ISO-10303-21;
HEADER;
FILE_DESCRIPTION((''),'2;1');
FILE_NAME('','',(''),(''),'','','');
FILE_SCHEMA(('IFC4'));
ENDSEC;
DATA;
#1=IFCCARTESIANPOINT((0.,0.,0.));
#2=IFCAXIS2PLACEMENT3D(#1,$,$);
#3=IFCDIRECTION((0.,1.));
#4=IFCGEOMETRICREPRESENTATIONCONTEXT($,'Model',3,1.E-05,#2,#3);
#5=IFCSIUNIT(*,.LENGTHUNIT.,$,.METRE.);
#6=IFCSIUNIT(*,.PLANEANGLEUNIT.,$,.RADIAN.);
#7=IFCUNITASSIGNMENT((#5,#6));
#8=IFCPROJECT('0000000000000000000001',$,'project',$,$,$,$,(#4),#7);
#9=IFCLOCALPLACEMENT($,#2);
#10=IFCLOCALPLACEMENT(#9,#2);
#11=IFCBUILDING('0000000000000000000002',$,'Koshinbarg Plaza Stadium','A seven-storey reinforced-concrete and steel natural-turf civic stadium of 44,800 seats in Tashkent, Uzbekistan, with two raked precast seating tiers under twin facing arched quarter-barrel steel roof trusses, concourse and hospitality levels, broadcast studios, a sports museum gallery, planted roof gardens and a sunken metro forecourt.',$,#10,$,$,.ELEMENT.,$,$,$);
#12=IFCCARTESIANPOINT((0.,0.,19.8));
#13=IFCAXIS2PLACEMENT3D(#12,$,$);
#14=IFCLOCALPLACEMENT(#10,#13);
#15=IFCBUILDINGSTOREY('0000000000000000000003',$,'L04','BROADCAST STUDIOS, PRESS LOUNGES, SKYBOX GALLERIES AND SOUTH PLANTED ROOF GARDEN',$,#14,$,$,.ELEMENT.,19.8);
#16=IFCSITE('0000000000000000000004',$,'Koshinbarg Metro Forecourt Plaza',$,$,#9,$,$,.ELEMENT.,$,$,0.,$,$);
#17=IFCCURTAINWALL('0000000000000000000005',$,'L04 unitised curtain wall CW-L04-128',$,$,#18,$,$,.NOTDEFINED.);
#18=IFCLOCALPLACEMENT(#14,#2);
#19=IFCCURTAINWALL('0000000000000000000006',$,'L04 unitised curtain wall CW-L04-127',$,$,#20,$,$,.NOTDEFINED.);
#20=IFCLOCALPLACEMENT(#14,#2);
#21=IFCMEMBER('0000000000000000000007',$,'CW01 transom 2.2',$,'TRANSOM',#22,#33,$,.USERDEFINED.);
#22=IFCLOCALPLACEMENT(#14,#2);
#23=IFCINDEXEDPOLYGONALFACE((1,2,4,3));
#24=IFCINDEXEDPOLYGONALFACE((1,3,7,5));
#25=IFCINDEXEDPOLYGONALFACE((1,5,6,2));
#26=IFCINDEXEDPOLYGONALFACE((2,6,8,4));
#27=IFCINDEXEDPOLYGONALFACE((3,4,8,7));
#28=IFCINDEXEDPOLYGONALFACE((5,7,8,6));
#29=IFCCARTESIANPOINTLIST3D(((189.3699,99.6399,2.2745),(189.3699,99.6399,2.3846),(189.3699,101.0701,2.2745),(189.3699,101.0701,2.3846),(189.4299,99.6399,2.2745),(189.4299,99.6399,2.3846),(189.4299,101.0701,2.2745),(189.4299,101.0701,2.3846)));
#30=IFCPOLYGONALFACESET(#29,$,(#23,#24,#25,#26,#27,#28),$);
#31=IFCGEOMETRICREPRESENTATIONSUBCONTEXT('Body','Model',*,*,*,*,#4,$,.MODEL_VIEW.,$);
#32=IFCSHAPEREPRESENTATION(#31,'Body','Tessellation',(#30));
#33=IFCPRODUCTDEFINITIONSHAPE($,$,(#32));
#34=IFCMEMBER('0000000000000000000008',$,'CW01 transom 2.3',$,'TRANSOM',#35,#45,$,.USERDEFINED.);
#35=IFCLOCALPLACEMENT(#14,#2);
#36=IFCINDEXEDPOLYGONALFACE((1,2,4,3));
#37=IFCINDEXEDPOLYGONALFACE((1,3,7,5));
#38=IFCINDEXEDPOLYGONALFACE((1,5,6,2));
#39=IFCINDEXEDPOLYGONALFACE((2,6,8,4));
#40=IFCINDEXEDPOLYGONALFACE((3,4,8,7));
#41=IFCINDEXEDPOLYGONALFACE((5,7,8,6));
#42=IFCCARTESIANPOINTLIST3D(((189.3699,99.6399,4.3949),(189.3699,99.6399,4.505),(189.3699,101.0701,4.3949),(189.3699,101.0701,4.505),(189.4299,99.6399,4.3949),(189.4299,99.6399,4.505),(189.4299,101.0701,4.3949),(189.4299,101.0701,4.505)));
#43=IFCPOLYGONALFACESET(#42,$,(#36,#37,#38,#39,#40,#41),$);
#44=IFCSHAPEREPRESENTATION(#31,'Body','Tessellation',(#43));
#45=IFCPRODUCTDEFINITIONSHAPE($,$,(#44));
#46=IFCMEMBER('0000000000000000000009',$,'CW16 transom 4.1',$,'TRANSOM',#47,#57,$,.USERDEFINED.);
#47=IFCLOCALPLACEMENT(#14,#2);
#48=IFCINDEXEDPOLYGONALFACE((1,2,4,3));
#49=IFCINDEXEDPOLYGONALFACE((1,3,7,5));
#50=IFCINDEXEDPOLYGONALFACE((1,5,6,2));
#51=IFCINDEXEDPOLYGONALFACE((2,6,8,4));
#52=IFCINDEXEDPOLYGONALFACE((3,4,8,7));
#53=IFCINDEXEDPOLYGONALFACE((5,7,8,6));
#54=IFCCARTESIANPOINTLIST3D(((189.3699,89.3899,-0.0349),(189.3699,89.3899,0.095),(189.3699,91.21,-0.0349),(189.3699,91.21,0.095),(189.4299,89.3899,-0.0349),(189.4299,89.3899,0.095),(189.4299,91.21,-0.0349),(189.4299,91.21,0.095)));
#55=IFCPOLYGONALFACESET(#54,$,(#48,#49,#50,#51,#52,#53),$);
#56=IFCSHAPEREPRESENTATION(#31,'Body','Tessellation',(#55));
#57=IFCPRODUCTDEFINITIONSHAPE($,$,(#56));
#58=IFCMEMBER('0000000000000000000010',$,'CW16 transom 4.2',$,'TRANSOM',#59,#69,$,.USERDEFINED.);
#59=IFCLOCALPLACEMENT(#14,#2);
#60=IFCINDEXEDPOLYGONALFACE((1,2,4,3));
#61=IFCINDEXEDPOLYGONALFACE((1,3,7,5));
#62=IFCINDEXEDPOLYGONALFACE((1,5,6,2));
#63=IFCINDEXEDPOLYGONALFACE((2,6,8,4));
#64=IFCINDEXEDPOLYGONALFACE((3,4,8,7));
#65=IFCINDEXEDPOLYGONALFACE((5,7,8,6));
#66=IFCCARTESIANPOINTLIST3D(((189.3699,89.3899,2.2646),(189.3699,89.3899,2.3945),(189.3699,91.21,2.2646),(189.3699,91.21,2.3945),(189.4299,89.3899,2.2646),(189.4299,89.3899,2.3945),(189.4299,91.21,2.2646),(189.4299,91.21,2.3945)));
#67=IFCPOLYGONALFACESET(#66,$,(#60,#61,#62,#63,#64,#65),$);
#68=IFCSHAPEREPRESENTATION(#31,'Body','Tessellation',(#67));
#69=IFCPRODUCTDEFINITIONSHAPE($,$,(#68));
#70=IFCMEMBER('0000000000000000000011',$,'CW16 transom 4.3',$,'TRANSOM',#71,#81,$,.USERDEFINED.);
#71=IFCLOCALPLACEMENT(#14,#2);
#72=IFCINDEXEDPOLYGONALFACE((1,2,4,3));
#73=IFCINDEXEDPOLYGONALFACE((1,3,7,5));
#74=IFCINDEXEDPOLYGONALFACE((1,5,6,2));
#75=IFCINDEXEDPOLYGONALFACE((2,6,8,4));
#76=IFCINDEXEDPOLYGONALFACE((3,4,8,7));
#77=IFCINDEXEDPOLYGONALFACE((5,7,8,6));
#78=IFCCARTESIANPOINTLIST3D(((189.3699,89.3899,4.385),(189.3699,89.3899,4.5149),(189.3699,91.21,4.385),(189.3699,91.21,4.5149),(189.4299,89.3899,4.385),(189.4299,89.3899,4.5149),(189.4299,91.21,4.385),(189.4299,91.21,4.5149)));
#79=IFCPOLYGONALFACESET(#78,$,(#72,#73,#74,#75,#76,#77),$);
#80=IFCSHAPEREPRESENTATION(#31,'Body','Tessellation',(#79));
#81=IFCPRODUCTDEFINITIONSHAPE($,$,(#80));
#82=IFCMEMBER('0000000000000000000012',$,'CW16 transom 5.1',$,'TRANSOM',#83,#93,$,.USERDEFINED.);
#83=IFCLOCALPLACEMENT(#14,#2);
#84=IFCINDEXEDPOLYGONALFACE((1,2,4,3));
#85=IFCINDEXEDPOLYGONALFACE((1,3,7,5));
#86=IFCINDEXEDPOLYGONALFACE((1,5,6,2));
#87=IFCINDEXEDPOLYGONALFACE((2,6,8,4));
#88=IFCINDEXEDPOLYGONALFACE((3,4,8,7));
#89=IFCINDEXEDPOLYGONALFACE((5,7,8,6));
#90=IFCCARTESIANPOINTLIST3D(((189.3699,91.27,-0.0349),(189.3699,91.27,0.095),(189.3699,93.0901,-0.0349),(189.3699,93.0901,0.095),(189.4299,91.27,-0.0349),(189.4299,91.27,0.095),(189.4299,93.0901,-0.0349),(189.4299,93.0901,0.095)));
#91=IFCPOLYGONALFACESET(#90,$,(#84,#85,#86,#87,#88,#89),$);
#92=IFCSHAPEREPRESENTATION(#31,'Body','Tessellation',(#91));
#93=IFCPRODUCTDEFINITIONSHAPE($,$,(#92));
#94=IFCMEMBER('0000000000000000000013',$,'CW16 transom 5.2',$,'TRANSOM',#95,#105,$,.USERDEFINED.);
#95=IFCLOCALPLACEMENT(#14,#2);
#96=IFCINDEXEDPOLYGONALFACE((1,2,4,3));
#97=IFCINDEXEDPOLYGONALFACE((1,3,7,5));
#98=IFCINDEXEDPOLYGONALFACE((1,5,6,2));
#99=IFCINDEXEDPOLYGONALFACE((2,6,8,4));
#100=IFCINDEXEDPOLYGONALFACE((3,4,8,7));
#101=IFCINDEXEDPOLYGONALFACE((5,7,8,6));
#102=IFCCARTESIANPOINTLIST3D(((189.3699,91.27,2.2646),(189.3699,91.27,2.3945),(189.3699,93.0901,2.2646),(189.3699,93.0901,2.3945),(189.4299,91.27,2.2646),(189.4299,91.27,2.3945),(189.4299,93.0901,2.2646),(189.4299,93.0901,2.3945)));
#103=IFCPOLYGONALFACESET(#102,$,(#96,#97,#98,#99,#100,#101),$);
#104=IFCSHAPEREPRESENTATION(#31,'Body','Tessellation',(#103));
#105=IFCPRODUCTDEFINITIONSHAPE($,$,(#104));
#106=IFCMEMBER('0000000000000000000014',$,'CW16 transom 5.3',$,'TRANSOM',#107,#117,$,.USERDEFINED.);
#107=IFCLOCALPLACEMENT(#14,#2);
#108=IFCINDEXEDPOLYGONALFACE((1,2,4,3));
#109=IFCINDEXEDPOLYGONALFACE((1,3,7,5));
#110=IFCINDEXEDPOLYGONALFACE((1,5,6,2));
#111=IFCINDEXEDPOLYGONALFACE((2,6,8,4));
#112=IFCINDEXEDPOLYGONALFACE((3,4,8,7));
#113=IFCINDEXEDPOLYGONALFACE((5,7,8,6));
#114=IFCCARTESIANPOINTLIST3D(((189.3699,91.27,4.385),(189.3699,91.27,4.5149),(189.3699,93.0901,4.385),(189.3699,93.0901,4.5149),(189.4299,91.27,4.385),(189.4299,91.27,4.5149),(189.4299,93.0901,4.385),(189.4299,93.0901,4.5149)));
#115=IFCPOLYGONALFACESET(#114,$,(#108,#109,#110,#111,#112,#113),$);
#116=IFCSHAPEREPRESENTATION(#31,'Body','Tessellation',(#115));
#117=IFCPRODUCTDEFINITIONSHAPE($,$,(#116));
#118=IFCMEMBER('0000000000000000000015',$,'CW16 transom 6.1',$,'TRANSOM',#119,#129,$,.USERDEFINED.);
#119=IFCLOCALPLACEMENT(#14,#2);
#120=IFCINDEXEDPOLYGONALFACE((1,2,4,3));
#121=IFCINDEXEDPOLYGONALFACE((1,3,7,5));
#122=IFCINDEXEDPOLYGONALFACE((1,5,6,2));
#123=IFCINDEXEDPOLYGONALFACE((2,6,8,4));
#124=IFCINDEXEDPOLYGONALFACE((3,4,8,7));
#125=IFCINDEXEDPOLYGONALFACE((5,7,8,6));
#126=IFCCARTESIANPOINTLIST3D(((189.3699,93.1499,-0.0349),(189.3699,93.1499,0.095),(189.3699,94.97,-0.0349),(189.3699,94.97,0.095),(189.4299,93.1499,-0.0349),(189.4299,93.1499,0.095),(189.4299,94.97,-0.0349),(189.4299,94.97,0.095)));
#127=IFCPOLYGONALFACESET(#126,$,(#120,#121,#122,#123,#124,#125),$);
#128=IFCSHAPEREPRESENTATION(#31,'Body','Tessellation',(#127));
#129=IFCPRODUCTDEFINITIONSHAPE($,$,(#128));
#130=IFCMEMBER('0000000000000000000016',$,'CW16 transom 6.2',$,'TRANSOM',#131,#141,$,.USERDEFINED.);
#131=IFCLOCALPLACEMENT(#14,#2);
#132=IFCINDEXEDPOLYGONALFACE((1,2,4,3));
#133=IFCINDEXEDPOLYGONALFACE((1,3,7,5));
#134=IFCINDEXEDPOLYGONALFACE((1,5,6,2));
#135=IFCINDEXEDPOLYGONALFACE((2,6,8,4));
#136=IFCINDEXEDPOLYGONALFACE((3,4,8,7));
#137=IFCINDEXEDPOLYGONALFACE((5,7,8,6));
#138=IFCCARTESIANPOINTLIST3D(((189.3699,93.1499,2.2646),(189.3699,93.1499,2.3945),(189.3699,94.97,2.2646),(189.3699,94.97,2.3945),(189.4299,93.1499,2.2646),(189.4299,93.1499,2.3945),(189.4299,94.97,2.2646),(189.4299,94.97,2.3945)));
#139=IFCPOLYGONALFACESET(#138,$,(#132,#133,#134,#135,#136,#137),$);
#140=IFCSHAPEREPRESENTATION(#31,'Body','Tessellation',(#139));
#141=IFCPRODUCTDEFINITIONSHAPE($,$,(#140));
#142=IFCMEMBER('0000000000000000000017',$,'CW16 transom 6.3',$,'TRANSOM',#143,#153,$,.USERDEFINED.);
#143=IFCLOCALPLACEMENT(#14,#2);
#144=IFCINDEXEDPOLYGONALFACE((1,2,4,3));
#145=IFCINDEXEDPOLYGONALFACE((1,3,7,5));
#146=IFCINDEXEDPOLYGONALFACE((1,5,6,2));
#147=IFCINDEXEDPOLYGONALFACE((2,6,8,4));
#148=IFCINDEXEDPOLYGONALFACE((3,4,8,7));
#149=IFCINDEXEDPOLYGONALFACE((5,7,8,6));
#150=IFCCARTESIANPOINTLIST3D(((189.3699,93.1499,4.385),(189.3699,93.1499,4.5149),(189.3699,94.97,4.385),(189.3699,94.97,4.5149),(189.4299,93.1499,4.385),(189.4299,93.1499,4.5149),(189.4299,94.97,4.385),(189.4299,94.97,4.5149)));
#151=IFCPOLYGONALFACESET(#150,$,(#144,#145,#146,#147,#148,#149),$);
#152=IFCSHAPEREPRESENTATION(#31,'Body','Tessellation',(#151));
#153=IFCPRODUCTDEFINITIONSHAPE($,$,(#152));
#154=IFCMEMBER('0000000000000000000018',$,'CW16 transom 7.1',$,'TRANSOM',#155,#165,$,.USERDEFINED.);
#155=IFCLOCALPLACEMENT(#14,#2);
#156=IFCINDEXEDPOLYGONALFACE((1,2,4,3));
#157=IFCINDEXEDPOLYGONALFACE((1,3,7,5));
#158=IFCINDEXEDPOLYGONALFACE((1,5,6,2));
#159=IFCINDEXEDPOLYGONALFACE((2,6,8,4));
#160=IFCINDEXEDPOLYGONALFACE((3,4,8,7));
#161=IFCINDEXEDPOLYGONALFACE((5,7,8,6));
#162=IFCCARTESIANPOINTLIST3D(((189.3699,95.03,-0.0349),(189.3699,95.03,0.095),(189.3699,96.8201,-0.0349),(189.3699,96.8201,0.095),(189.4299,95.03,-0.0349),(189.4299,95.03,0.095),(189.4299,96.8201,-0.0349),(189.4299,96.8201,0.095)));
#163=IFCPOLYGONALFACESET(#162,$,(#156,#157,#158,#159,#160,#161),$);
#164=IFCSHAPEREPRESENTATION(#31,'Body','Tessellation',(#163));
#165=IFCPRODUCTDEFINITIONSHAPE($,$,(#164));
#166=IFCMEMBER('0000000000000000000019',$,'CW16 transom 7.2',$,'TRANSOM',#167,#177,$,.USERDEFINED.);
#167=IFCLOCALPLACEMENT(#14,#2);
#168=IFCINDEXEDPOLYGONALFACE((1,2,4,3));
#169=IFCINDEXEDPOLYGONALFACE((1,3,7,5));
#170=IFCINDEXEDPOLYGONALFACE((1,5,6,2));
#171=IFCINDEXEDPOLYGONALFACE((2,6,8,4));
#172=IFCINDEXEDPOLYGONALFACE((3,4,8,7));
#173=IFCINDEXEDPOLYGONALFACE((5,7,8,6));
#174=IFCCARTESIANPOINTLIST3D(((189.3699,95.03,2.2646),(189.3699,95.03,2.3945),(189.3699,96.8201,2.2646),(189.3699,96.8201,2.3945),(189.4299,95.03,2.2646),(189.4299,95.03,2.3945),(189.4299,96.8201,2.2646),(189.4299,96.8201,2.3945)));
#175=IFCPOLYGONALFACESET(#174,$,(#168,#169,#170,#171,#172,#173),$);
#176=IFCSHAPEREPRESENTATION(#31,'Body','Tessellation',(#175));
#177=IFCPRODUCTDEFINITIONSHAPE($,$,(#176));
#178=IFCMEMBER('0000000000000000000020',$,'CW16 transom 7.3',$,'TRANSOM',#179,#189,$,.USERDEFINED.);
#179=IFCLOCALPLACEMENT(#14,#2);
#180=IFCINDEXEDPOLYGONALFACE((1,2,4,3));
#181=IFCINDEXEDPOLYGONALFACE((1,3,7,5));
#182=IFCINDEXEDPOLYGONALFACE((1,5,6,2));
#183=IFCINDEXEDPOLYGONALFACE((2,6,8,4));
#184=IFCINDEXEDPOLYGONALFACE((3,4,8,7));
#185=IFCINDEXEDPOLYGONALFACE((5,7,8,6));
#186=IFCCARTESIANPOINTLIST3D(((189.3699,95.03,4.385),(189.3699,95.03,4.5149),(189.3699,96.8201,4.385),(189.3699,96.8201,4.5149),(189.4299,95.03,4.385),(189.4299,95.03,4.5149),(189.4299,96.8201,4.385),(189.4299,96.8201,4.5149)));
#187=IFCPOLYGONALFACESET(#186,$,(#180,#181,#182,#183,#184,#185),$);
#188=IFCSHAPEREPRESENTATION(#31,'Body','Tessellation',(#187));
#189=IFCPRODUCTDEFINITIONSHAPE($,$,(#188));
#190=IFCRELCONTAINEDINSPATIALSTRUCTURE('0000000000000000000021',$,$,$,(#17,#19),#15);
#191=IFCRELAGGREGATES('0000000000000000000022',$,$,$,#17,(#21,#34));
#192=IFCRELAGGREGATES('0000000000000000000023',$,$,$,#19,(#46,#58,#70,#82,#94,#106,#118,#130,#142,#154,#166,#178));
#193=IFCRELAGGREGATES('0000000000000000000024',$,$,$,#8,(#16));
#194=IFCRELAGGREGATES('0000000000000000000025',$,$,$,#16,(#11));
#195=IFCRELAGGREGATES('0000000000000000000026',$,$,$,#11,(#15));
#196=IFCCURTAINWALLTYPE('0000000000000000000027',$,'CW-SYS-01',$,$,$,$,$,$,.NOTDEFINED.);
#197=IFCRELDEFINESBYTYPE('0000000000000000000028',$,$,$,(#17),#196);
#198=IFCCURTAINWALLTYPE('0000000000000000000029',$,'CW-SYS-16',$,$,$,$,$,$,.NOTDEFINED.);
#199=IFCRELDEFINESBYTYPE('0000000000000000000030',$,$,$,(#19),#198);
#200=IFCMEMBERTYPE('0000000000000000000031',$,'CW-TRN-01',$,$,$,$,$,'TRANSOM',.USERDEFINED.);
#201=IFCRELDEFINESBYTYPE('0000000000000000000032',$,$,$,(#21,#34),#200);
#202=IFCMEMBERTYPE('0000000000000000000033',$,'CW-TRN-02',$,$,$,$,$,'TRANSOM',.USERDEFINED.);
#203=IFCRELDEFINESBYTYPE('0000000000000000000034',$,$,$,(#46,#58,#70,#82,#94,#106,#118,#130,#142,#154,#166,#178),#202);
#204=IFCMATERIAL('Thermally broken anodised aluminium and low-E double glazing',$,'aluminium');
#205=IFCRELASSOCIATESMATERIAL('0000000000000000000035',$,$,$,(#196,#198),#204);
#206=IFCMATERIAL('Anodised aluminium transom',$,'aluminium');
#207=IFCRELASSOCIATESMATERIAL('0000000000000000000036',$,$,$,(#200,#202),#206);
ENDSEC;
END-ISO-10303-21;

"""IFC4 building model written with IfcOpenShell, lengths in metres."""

from ifc_helpers import new_model, si_unit, direction, frame, origin, origin_2d, place, context, subcontext, project, spatial, rectangle, extrude, material, material_profile, profile_set, type_object, element, aggregate, save


model = new_model("IFC4")

# Units and contexts
model_context = context("Model", 3, precision=1e-05, world=origin(), true_north=direction((0.0, 1.0)))
body_context = subcontext(model_context, "Body", "Model", "MODEL_VIEW")
ifc_project = project(units=[si_unit("LENGTHUNIT", "METRE"), si_unit("PLANEANGLEUNIT", "RADIAN")], contexts=[model_context])

# Site, building, storey
site_placement = place(None, origin())
site = spatial("IfcSite", under=ifc_project, at=site_placement, Name="Koshinbarg Metro Forecourt Plaza", CompositionType="ELEMENT", RefElevation=0.0)
building_placement = place(site_placement, origin())
building = spatial("IfcBuilding", under=site, at=building_placement, Name="Koshinbarg Plaza Stadium", Description="A seven-storey reinforced-concrete and steel natural-turf civic stadium of 44,800 seats in Tashkent, Uzbekistan, with two raked precast seating tiers under twin facing arched quarter-barrel steel roof trusses, concourse and hospitality levels, broadcast studios, a sports museum gallery, planted roof gardens and a sunken metro forecourt.", CompositionType="ELEMENT")
storey_placement = place(building_placement, frame((0.0, 0.0, 19.8)))
storey = spatial("IfcBuildingStorey", under=building, at=storey_placement, Name="L04", Description="BROADCAST STUDIOS, PRESS LOUNGES, SKYBOX GALLERIES AND SOUTH PLANTED ROOF GARDEN", CompositionType="ELEMENT", Elevation=19.8)

# Curtain walls
ifc_material_1 = material(Name="Thermally broken anodised aluminium and low-E double glazing", Category="aluminium")
curtain_wall_type_1 = type_object("IfcCurtainWallType", Name="CW-SYS-01", PredefinedType="NOTDEFINED", material=ifc_material_1)
curtain_wall_1_placement = place(storey_placement, origin())
curtain_wall_1 = element("IfcCurtainWall", 1, at=curtain_wall_1_placement, inside=storey, type_object=curtain_wall_type_1, Name="L04 unitised curtain wall CW-L04-128", PredefinedType="NOTDEFINED")
curtain_wall_type_2 = type_object("IfcCurtainWallType", Name="CW-SYS-16", PredefinedType="NOTDEFINED", material=ifc_material_1)
curtain_wall_2_placement = place(storey_placement, origin())
curtain_wall_2 = element("IfcCurtainWall", 2, at=curtain_wall_2_placement, inside=storey, type_object=curtain_wall_type_2, Name="L04 unitised curtain wall CW-L04-127", PredefinedType="NOTDEFINED")

# Members
ifc_material_2 = material(Name="Anodised aluminium transom", Category="aluminium")
ifc_material_profile_1 = material_profile(ifc_material_2, rectangle(XDim=0.0601, YDim=0.1101, at=origin_2d()), Name="ALU 60x110")
ifc_profile_set_1 = profile_set([ifc_material_profile_1], Name="Anodised aluminium transom")
member_type_1 = type_object("IfcMemberType", Name="CW-TRN-01", ElementType="TRANSOM", PredefinedType="USERDEFINED", material=ifc_profile_set_1)
member_1_placement = place(storey_placement, frame((189.3999, 99.6399, 2.3296), z_axis=(0.0, 1.0, 0.0), x_axis=(-1.0, 0.0, 0.0)))
member_1 = element("IfcMember", 3, at=member_1_placement, type_object=member_type_1, Name="CW01 transom 2.2", ObjectType="TRANSOM", PredefinedType="USERDEFINED", context=body_context, shape_type="SweptSolid", body=[
    extrude(rectangle(XDim=0.0601, YDim=0.1101, at=origin_2d()), origin(), (0.0, 0.0, 1.0), 1.4302),
])
member_2_placement = place(storey_placement, frame((189.3999, 99.6399, 4.45), z_axis=(0.0, 1.0, 0.0), x_axis=(-1.0, 0.0, 0.0)))
member_2 = element("IfcMember", 4, at=member_2_placement, type_object=member_type_1, Name="CW01 transom 2.3", ObjectType="TRANSOM", PredefinedType="USERDEFINED", context=body_context, shape_type="SweptSolid", body=[
    extrude(rectangle(XDim=0.0601, YDim=0.1101, at=origin_2d()), origin(), (0.0, 0.0, 1.0), 1.4302),
])
ifc_material_profile_2 = material_profile(ifc_material_2, rectangle(XDim=0.0601, YDim=0.1299, at=origin_2d()), Name="ALU 60x130")
ifc_profile_set_2 = profile_set([ifc_material_profile_2], Name="Anodised aluminium transom")
member_type_2 = type_object("IfcMemberType", Name="CW-TRN-02", ElementType="TRANSOM", PredefinedType="USERDEFINED", material=ifc_profile_set_2)
member_3_placement = place(storey_placement, frame((189.3999, 89.3899, 0.03), z_axis=(0.0, 1.0, 0.0), x_axis=(-1.0, 0.0, 0.0)))
member_3 = element("IfcMember", 5, at=member_3_placement, type_object=member_type_2, Name="CW16 transom 4.1", ObjectType="TRANSOM", PredefinedType="USERDEFINED", context=body_context, shape_type="SweptSolid", body=[
    extrude(rectangle(XDim=0.0601, YDim=0.1299, at=origin_2d()), origin(), (0.0, 0.0, 1.0), 1.8201),
])
member_4_placement = place(storey_placement, frame((189.3999, 89.3899, 2.3296), z_axis=(0.0, 1.0, 0.0), x_axis=(-1.0, 0.0, 0.0)))
member_4 = element("IfcMember", 6, at=member_4_placement, type_object=member_type_2, Name="CW16 transom 4.2", ObjectType="TRANSOM", PredefinedType="USERDEFINED", context=body_context, shape_type="SweptSolid", body=[
    extrude(rectangle(XDim=0.0601, YDim=0.1299, at=origin_2d()), origin(), (0.0, 0.0, 1.0), 1.8201),
])
member_5_placement = place(storey_placement, frame((189.3999, 89.3899, 4.45), z_axis=(0.0, 1.0, 0.0), x_axis=(-1.0, 0.0, 0.0)))
member_5 = element("IfcMember", 7, at=member_5_placement, type_object=member_type_2, Name="CW16 transom 4.3", ObjectType="TRANSOM", PredefinedType="USERDEFINED", context=body_context, shape_type="SweptSolid", body=[
    extrude(rectangle(XDim=0.0601, YDim=0.1299, at=origin_2d()), origin(), (0.0, 0.0, 1.0), 1.8201),
])
member_6_placement = place(storey_placement, frame((189.3999, 91.27, 0.03), z_axis=(0.0, 1.0, 0.0), x_axis=(-1.0, 0.0, 0.0)))
member_6 = element("IfcMember", 8, at=member_6_placement, type_object=member_type_2, Name="CW16 transom 5.1", ObjectType="TRANSOM", PredefinedType="USERDEFINED", context=body_context, shape_type="SweptSolid", body=[
    extrude(rectangle(XDim=0.0601, YDim=0.1299, at=origin_2d()), origin(), (0.0, 0.0, 1.0), 1.8201),
])
member_7_placement = place(storey_placement, frame((189.3999, 91.27, 2.3296), z_axis=(0.0, 1.0, 0.0), x_axis=(-1.0, 0.0, 0.0)))
member_7 = element("IfcMember", 9, at=member_7_placement, type_object=member_type_2, Name="CW16 transom 5.2", ObjectType="TRANSOM", PredefinedType="USERDEFINED", context=body_context, shape_type="SweptSolid", body=[
    extrude(rectangle(XDim=0.0601, YDim=0.1299, at=origin_2d()), origin(), (0.0, 0.0, 1.0), 1.8201),
])
member_8_placement = place(storey_placement, frame((189.3999, 91.27, 4.45), z_axis=(0.0, 1.0, 0.0), x_axis=(-1.0, 0.0, 0.0)))
member_8 = element("IfcMember", 10, at=member_8_placement, type_object=member_type_2, Name="CW16 transom 5.3", ObjectType="TRANSOM", PredefinedType="USERDEFINED", context=body_context, shape_type="SweptSolid", body=[
    extrude(rectangle(XDim=0.0601, YDim=0.1299, at=origin_2d()), origin(), (0.0, 0.0, 1.0), 1.8201),
])
member_9_placement = place(storey_placement, frame((189.3999, 93.1499, 0.03), z_axis=(0.0, 1.0, 0.0), x_axis=(-1.0, 0.0, 0.0)))
member_9 = element("IfcMember", 11, at=member_9_placement, type_object=member_type_2, Name="CW16 transom 6.1", ObjectType="TRANSOM", PredefinedType="USERDEFINED", context=body_context, shape_type="SweptSolid", body=[
    extrude(rectangle(XDim=0.0601, YDim=0.1299, at=origin_2d()), origin(), (0.0, 0.0, 1.0), 1.8201),
])
member_10_placement = place(storey_placement, frame((189.3999, 93.1499, 2.3296), z_axis=(0.0, 1.0, 0.0), x_axis=(-1.0, 0.0, 0.0)))
member_10 = element("IfcMember", 12, at=member_10_placement, type_object=member_type_2, Name="CW16 transom 6.2", ObjectType="TRANSOM", PredefinedType="USERDEFINED", context=body_context, shape_type="SweptSolid", body=[
    extrude(rectangle(XDim=0.0601, YDim=0.1299, at=origin_2d()), origin(), (0.0, 0.0, 1.0), 1.8201),
])
member_11_placement = place(storey_placement, frame((189.3999, 93.1499, 4.45), z_axis=(0.0, 1.0, 0.0), x_axis=(-1.0, 0.0, 0.0)))
member_11 = element("IfcMember", 13, at=member_11_placement, type_object=member_type_2, Name="CW16 transom 6.3", ObjectType="TRANSOM", PredefinedType="USERDEFINED", context=body_context, shape_type="SweptSolid", body=[
    extrude(rectangle(XDim=0.0601, YDim=0.1299, at=origin_2d()), origin(), (0.0, 0.0, 1.0), 1.8201),
])
member_12_placement = place(storey_placement, frame((189.3999, 95.03, 0.03), z_axis=(0.0, 1.0, 0.0), x_axis=(-1.0, 0.0, 0.0)))
member_12 = element("IfcMember", 14, at=member_12_placement, type_object=member_type_2, Name="CW16 transom 7.1", ObjectType="TRANSOM", PredefinedType="USERDEFINED", context=body_context, shape_type="SweptSolid", body=[
    extrude(rectangle(XDim=0.0601, YDim=0.1299, at=origin_2d()), origin(), (0.0, 0.0, 1.0), 1.79),
])
member_13_placement = place(storey_placement, frame((189.3999, 95.03, 2.3296), z_axis=(0.0, 1.0, 0.0), x_axis=(-1.0, 0.0, 0.0)))
member_13 = element("IfcMember", 15, at=member_13_placement, type_object=member_type_2, Name="CW16 transom 7.2", ObjectType="TRANSOM", PredefinedType="USERDEFINED", context=body_context, shape_type="SweptSolid", body=[
    extrude(rectangle(XDim=0.0601, YDim=0.1299, at=origin_2d()), origin(), (0.0, 0.0, 1.0), 1.79),
])
member_14_placement = place(storey_placement, frame((189.3999, 95.03, 4.45), z_axis=(0.0, 1.0, 0.0), x_axis=(-1.0, 0.0, 0.0)))
member_14 = element("IfcMember", 16, at=member_14_placement, type_object=member_type_2, Name="CW16 transom 7.3", ObjectType="TRANSOM", PredefinedType="USERDEFINED", context=body_context, shape_type="SweptSolid", body=[
    extrude(rectangle(XDim=0.0601, YDim=0.1299, at=origin_2d()), origin(), (0.0, 0.0, 1.0), 1.79),
])

aggregate(curtain_wall_1, [member_1, member_2])
aggregate(curtain_wall_2, [member_3, member_4, member_5, member_6, member_7, member_8, member_9, member_10, member_11, member_12, member_13, member_14])

save(model, "model.ifc")
